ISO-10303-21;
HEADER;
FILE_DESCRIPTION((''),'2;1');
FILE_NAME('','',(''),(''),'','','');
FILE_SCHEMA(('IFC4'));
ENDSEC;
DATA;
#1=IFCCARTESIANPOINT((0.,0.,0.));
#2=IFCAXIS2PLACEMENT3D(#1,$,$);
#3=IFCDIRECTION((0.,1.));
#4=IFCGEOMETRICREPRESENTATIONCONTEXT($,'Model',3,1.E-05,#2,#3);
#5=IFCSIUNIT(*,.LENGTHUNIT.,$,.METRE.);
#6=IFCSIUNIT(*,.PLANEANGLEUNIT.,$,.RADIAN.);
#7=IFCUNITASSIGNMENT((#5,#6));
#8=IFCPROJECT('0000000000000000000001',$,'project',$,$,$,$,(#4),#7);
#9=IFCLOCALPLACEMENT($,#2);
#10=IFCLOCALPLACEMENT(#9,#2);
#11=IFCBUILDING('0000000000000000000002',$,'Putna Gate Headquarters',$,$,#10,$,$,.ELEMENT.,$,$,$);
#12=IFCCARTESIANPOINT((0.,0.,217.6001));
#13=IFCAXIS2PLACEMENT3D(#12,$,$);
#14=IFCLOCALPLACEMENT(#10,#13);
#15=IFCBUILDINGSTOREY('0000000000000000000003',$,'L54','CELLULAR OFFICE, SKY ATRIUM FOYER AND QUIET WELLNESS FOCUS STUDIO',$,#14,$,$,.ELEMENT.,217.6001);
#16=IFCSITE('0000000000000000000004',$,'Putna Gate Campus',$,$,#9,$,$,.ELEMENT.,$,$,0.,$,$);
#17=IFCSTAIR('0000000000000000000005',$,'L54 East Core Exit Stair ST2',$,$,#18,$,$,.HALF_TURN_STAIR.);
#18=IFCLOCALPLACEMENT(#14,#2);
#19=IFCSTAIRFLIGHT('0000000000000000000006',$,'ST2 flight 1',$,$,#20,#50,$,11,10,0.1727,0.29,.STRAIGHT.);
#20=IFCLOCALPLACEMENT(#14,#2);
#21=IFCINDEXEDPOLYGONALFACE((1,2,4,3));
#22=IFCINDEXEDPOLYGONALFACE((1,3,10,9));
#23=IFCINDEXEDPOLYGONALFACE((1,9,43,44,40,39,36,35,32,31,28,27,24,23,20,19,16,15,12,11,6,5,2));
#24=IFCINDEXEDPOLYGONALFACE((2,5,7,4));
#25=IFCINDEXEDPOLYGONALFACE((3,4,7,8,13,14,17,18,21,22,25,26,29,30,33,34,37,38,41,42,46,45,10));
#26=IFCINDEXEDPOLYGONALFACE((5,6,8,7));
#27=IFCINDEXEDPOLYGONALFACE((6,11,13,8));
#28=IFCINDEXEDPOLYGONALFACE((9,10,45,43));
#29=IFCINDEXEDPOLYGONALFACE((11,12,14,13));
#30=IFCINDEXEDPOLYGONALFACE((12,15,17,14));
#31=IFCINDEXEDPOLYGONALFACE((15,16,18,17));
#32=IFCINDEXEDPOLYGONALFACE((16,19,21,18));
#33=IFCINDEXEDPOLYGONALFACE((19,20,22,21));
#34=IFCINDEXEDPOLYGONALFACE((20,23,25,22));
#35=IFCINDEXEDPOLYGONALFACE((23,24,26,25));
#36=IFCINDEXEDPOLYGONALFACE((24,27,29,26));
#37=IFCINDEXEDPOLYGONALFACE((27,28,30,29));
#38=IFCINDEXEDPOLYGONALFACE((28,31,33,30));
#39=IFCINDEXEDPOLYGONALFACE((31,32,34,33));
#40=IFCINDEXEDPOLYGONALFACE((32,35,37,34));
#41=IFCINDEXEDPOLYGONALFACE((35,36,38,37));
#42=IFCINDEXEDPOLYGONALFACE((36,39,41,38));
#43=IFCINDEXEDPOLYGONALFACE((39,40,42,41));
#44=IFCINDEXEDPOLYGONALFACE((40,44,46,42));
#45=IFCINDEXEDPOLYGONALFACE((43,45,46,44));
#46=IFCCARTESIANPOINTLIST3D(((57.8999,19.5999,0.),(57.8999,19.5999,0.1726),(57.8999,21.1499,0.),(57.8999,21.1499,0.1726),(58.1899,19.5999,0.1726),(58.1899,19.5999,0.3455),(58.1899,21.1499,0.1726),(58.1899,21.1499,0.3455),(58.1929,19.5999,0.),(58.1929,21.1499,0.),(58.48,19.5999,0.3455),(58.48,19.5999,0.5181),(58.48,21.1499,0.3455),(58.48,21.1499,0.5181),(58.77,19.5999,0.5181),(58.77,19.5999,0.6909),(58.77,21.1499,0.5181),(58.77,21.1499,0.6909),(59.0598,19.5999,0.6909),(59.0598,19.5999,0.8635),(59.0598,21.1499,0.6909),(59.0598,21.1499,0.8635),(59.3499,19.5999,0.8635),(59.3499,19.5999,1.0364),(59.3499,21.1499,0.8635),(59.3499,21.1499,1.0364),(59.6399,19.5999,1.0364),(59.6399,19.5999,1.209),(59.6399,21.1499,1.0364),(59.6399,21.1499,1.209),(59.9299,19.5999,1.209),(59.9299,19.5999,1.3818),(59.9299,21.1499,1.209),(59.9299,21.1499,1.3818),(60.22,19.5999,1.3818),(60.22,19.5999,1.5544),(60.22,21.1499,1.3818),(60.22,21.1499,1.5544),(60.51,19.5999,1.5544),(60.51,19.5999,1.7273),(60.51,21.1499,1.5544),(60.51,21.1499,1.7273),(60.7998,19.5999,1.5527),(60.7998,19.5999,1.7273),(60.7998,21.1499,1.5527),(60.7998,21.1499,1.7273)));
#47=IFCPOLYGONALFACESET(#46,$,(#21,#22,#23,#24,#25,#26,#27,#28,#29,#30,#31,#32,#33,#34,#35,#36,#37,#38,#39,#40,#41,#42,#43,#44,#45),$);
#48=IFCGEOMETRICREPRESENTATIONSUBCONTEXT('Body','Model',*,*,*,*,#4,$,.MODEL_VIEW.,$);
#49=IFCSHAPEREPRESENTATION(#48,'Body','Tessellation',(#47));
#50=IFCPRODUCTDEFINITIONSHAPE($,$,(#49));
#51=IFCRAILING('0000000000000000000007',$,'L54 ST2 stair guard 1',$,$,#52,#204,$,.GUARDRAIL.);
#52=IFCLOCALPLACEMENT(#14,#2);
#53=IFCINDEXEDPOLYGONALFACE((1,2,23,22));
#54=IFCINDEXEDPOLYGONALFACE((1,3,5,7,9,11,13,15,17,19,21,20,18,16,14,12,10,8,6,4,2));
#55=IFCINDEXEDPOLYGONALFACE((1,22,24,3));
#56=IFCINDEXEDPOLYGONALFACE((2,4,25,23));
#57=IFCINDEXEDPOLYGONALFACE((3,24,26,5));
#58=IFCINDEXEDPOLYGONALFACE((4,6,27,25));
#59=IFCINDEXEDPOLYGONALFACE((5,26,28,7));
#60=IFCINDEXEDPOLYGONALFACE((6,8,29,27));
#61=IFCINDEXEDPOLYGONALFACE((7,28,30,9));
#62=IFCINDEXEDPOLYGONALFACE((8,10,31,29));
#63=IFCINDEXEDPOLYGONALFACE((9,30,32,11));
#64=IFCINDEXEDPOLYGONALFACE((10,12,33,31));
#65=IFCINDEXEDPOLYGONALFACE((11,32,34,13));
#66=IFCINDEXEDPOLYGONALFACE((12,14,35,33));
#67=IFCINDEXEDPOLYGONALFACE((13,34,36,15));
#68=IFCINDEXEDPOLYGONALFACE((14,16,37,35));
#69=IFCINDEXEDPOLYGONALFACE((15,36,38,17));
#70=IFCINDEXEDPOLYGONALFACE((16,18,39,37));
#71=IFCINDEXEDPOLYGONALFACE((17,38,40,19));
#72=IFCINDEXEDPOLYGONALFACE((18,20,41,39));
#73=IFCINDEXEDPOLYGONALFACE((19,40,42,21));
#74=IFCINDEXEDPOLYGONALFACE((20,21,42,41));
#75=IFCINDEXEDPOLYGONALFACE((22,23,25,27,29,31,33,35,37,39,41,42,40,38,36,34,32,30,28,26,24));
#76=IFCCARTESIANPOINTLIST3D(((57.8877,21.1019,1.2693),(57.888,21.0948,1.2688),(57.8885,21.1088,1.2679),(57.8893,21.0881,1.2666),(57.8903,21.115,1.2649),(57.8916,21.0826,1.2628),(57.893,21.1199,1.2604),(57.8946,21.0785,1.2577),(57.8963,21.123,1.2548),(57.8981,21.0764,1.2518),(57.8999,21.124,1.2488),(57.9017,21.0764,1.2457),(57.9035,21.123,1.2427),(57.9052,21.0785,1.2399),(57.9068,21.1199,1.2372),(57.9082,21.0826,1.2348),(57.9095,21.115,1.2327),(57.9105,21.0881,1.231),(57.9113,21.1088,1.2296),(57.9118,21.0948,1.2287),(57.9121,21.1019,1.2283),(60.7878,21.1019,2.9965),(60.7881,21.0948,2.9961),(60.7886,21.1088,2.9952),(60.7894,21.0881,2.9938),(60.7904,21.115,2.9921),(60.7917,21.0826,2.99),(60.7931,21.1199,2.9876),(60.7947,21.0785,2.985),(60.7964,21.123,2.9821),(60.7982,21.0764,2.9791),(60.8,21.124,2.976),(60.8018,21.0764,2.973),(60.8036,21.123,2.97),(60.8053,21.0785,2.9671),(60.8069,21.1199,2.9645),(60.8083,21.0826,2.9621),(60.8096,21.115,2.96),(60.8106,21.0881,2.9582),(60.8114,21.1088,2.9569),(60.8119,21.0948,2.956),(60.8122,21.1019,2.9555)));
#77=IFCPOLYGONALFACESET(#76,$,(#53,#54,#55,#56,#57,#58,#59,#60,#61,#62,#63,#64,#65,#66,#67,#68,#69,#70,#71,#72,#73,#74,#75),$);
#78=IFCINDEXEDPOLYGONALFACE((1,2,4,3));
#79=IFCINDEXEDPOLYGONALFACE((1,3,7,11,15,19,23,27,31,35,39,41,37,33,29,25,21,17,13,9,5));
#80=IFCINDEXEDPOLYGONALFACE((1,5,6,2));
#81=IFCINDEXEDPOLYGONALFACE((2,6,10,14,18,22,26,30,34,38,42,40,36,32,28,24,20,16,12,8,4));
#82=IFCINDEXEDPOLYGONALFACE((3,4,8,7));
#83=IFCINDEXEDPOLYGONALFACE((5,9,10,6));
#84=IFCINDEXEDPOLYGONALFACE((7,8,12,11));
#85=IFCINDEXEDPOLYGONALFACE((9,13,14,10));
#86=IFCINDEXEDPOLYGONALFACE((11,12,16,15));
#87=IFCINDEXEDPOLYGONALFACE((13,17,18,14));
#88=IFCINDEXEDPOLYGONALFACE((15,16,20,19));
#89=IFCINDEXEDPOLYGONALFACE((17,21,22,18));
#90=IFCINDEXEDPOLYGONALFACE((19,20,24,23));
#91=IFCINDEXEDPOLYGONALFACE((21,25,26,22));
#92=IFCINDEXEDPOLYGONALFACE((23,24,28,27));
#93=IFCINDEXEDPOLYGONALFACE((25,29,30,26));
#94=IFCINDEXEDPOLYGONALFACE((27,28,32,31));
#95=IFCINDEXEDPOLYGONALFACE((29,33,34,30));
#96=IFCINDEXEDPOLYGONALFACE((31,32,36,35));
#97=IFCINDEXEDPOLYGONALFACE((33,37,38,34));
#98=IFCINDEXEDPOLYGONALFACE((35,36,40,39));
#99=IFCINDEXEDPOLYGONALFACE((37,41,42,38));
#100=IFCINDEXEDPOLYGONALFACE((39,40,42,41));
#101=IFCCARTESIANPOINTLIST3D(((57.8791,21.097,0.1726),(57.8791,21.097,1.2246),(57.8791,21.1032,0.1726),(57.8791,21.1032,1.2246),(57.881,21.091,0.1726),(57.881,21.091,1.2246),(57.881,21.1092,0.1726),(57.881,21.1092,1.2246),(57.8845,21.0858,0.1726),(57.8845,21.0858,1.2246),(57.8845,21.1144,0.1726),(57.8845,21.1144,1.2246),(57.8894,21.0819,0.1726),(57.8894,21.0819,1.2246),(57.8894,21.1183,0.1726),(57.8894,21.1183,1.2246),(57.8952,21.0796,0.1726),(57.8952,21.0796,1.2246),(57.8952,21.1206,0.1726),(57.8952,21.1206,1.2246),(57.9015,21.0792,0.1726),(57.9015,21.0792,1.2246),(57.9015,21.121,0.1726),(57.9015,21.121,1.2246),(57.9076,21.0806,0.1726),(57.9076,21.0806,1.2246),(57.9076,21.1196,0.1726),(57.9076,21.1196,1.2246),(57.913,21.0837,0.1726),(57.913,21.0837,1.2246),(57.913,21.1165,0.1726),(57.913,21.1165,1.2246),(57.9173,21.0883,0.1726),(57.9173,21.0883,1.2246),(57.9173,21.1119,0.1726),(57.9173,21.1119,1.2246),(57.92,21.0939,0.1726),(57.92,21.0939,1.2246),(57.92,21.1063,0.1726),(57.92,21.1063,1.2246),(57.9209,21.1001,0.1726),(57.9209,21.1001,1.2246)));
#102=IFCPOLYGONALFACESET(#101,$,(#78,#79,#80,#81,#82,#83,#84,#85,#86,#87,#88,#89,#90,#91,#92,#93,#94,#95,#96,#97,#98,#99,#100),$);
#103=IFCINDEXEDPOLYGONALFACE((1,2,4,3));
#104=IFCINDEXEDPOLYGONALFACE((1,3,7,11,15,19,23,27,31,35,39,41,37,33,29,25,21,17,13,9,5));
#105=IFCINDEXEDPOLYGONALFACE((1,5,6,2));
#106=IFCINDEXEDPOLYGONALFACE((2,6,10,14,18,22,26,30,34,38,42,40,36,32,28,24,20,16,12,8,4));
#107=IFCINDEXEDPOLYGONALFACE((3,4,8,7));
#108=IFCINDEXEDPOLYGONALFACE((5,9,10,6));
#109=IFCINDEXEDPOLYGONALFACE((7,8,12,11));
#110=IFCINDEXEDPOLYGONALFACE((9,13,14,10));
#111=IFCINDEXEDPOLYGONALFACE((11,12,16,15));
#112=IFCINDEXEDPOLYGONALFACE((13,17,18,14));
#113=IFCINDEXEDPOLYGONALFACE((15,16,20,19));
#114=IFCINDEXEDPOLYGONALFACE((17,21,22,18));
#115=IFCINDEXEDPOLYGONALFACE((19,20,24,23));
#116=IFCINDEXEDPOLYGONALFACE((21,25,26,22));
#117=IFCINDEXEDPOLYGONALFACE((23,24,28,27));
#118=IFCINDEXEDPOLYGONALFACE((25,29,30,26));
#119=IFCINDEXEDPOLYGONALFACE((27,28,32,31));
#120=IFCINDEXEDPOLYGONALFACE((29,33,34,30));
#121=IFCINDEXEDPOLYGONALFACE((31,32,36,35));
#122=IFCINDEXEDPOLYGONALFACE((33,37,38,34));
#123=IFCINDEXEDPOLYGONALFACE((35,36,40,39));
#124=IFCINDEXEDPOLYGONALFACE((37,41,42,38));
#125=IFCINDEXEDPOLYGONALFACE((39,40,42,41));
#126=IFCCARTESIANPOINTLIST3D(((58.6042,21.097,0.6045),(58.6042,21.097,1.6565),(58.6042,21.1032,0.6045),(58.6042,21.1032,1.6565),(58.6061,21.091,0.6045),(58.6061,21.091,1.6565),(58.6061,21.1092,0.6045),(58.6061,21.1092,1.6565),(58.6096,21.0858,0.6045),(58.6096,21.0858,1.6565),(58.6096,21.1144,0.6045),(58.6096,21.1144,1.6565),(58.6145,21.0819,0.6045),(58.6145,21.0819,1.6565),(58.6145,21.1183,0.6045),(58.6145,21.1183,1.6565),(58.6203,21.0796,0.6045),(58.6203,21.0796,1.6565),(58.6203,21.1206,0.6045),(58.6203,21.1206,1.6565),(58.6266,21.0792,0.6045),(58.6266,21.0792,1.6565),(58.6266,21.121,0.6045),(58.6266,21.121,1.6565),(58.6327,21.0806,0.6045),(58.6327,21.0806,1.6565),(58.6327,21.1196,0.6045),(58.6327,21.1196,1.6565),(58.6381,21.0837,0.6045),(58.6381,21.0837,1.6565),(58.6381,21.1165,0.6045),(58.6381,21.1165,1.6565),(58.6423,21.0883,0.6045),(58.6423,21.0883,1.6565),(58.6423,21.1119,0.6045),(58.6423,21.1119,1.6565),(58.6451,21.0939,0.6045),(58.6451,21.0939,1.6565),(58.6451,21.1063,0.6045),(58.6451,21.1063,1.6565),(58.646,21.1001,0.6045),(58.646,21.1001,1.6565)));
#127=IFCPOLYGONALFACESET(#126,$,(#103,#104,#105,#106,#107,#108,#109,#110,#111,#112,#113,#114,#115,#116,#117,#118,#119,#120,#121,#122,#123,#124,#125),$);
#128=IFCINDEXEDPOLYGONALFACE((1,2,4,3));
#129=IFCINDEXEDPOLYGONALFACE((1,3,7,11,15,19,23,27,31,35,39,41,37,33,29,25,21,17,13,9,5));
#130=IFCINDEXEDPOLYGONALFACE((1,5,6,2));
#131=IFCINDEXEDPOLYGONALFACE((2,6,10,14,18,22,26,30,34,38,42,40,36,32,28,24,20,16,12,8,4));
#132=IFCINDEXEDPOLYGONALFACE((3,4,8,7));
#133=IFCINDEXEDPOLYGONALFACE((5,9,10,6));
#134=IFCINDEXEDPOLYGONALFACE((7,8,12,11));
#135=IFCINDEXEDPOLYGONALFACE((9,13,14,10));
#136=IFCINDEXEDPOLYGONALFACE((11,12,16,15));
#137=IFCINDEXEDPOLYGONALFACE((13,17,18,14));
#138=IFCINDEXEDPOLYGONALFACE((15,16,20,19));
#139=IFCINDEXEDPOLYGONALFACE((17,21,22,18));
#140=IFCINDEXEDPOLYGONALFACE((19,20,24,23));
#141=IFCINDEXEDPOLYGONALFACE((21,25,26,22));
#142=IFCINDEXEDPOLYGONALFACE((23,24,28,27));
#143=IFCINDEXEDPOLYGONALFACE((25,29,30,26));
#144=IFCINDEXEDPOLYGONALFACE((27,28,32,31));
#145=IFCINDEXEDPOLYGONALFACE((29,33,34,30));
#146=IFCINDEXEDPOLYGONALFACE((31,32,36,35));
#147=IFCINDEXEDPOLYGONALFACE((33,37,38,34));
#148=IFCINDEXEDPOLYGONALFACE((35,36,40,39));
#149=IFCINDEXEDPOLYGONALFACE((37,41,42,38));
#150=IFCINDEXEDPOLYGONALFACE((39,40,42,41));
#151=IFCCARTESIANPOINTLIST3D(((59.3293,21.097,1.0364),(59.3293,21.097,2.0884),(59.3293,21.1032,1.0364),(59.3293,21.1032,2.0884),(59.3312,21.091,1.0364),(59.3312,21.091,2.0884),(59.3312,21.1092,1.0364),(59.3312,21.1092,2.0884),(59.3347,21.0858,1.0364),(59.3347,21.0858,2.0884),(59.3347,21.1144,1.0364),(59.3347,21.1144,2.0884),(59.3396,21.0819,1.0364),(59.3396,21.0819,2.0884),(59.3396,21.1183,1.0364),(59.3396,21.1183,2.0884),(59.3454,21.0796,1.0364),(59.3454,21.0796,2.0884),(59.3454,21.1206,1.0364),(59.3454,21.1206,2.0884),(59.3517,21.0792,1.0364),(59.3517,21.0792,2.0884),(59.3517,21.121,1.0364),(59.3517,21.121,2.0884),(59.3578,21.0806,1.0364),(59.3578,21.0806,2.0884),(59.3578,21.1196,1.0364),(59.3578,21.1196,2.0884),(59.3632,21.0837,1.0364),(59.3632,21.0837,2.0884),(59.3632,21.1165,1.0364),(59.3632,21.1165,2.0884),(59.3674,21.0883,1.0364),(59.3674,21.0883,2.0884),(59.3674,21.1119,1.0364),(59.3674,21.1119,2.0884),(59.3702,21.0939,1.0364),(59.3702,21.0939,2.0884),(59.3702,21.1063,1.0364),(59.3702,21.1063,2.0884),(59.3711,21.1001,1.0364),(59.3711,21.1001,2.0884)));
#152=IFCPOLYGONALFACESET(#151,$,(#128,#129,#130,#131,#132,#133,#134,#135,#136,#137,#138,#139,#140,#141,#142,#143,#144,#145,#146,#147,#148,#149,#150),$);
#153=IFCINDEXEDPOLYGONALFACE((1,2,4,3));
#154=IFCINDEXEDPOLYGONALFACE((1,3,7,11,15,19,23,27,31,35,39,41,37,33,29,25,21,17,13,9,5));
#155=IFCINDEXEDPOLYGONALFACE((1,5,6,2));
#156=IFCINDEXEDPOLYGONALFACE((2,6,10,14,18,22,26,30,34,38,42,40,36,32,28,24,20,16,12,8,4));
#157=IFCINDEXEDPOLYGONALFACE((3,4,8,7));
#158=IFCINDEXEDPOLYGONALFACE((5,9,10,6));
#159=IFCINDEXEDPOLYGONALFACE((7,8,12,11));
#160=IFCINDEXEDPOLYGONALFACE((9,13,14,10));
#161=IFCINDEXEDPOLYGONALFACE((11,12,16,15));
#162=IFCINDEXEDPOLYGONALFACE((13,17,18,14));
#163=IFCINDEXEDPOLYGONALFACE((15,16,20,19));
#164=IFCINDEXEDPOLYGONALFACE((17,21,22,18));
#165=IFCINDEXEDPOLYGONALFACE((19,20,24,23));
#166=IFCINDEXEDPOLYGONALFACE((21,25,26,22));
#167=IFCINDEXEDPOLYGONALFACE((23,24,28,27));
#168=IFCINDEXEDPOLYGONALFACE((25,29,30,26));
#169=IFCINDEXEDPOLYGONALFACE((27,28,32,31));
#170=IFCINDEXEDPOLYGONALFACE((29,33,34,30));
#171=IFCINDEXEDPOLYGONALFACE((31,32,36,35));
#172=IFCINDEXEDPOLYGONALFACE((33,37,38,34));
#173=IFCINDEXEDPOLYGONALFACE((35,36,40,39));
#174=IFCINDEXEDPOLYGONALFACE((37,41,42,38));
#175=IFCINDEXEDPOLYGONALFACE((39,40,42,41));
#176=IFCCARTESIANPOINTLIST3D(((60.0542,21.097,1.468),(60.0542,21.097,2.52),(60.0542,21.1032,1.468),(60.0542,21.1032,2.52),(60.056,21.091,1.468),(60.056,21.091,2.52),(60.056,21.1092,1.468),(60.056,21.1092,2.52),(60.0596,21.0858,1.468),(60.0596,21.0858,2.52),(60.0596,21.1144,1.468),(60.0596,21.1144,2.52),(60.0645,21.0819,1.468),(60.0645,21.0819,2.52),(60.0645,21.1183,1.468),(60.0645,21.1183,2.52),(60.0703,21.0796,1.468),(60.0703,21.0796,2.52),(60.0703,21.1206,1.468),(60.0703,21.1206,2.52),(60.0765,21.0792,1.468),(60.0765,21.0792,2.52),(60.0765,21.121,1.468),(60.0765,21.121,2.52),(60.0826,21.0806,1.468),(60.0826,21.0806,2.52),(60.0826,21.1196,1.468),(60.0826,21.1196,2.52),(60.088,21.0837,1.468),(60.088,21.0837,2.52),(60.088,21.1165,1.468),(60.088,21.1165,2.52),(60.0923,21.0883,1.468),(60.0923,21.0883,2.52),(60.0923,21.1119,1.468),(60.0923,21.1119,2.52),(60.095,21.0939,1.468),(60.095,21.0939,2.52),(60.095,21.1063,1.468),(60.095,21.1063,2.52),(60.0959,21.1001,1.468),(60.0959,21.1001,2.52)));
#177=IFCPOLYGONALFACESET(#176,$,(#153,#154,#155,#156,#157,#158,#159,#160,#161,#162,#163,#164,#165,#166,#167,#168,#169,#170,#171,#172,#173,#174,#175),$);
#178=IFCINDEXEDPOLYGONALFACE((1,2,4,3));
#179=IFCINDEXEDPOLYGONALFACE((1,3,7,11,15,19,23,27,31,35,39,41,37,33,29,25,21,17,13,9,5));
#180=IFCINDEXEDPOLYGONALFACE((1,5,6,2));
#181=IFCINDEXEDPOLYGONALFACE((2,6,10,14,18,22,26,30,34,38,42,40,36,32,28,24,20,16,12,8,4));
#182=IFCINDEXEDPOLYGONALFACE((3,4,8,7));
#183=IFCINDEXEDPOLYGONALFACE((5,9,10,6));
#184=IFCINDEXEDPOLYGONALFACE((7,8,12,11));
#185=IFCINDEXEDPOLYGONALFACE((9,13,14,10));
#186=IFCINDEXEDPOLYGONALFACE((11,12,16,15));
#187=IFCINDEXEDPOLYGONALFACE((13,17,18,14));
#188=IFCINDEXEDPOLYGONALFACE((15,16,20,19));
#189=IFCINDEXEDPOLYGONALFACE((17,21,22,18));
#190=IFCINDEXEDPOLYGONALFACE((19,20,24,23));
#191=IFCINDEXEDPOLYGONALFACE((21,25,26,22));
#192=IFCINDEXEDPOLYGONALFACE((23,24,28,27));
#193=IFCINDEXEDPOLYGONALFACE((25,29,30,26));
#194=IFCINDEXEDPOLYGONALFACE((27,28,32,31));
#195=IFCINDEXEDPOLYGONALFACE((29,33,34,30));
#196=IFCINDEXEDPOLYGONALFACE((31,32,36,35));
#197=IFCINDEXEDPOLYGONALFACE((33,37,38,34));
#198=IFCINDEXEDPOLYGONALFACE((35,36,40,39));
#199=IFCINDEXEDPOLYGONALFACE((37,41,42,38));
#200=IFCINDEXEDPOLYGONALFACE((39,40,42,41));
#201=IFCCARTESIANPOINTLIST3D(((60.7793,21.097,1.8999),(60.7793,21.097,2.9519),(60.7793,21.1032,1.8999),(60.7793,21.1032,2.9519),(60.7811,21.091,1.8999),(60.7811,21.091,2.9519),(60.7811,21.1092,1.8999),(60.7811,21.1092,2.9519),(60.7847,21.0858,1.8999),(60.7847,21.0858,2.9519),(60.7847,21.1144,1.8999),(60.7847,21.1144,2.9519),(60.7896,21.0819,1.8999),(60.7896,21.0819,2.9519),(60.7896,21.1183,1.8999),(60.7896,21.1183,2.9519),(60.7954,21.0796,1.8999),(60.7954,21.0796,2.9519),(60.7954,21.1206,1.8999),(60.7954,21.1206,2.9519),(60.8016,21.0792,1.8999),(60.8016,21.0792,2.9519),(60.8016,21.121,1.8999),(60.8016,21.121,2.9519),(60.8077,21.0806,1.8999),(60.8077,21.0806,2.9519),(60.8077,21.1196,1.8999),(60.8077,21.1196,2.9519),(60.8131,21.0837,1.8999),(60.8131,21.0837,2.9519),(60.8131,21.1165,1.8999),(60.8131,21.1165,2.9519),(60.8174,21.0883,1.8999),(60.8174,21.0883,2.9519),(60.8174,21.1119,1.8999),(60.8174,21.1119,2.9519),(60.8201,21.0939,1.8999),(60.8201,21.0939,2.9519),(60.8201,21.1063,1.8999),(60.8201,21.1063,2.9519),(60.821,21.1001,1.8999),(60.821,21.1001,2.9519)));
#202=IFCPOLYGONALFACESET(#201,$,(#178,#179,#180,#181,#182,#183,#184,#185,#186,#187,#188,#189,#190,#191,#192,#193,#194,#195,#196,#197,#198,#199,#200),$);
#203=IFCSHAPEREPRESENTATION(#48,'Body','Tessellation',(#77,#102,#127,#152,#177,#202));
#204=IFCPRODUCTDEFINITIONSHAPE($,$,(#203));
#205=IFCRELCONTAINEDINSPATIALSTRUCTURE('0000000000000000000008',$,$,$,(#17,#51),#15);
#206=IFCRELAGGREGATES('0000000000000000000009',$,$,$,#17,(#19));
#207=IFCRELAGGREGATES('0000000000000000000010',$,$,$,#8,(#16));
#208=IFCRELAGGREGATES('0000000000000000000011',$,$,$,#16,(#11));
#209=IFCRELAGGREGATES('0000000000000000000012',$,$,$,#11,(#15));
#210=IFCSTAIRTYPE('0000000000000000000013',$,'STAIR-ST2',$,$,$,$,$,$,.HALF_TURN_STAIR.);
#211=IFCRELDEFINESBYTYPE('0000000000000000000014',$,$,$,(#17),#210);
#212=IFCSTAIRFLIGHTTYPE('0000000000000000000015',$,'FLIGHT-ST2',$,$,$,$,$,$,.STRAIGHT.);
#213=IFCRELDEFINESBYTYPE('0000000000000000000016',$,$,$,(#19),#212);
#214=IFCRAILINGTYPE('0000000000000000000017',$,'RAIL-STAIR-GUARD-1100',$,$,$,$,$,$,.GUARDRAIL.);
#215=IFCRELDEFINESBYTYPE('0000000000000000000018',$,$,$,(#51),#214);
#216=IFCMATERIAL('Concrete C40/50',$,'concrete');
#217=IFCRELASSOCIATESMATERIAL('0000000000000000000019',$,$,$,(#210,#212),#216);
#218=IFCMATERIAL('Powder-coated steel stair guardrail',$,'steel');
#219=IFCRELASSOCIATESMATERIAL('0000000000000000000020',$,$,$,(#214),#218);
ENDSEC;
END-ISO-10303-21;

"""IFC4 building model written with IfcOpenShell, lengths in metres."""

from ifc_helpers import new_model, si_unit, direction, frame, origin, origin_2d, place, context, subcontext, project, spatial, polyline, circle, outline, extrude, material, type_object, element, aggregate, save


model = new_model("IFC4")

# Units and contexts
model_context = context("Model", 3, precision=1e-05, world=origin(), true_north=direction((0.0, 1.0)))
body_context = subcontext(model_context, "Body", "Model", "MODEL_VIEW")
ifc_project = project(units=[si_unit("LENGTHUNIT", "METRE"), si_unit("PLANEANGLEUNIT", "RADIAN")], contexts=[model_context])

# Site, building, storey
site_placement = place(None, origin())
site = spatial("IfcSite", under=ifc_project, at=site_placement, Name="Putna Gate Campus", CompositionType="ELEMENT", RefElevation=0.0)
building_placement = place(site_placement, origin())
building = spatial("IfcBuilding", under=site, at=building_placement, Name="Putna Gate Headquarters", CompositionType="ELEMENT")
storey_placement = place(building_placement, frame((0.0, 0.0, 217.6001)))
storey = spatial("IfcBuildingStorey", under=building, at=storey_placement, Name="L54", Description="CELLULAR OFFICE, SKY ATRIUM FOYER AND QUIET WELLNESS FOCUS STUDIO", CompositionType="ELEMENT", Elevation=217.6001)

# Shared definitions
ifc_material_1 = material(Name="Concrete C40/50", Category="concrete")

# Stair, stair flight
stair_type = type_object("IfcStairType", Name="STAIR-ST2", PredefinedType="HALF_TURN_STAIR", material=ifc_material_1)
stair_placement = place(storey_placement, origin())
stair = element("IfcStair", 1, at=stair_placement, inside=storey, type_object=stair_type, Name="L54 East Core Exit Stair ST2", PredefinedType="HALF_TURN_STAIR")
stair_flight_type = type_object("IfcStairFlightType", Name="FLIGHT-ST2", PredefinedType="STRAIGHT", material=ifc_material_1)
stair_flight_placement = place(storey_placement, frame((57.8999, 20.375, 0.0), z_axis=(0.0, 0.0, 1.0), x_axis=(1.0, 0.0, 0.0)))
stair_flight = element("IfcStairFlight", 2, at=stair_flight_placement, type_object=stair_flight_type, Name="ST2 flight 1", NumberOfRisers=11, NumberOfTreads=10, PredefinedType="STRAIGHT", RiserHeight=0.1727, TreadLength=0.29, context=body_context, shape_type="SweptSolid", body=[
    extrude(outline(polyline([(0.0, 0.0), (0.0, 0.1726), (0.29, 0.1726), (0.29, 0.3455), (0.5801, 0.3455), (0.5801, 0.5181), (0.8701, 0.5181), (0.8701, 0.6909), (1.1599, 0.6909), (1.1599, 0.8635), (1.45, 0.8635), (1.45, 1.0364), (1.74, 1.0364), (1.74, 1.209), (2.03, 1.209), (2.03, 1.3818), (2.3201, 1.3818), (2.3201, 1.5544), (2.6101, 1.5544), (2.6101, 1.7273), (2.8999, 1.7273), (2.8999, 1.8999), (2.8999, 1.5527), (0.293, 0.0), (0.0, 0.0)])), frame((0.0, 0.7749, 0.0), z_axis=(0.0, -1.0, 0.0), x_axis=(1.0, 0.0, 0.0)), (0.0, 0.0, 1.0), 1.55),
])
aggregate(stair, [stair_flight])

# Railing
ifc_material_2 = material(Name="Powder-coated steel stair guardrail", Category="steel")
railing_type_1 = type_object("IfcRailingType", Name="RAIL-STAIR-GUARD-1100", PredefinedType="GUARDRAIL", material=ifc_material_2)
railing_1_placement = place(storey_placement, frame((57.8999, 21.1001, 0.1726)))
element("IfcRailing", 3, at=railing_1_placement, inside=storey, type_object=railing_type_1, Name="L54 ST2 stair guard 1", PredefinedType="GUARDRAIL", context=body_context, shape_type="SweptSolid", body=[
    extrude(circle(Radius=0.0239, at=origin_2d()), frame((0.0, 0.0, 1.0762), z_axis=(0.85916, 0.0, 0.511706), x_axis=(0.0, 1.0, 0.0)), (0.0, 0.0, 1.0), 3.3755),
    extrude(circle(Radius=0.021, at=origin_2d()), origin(), (0.0, 0.0, 1.0), 1.052),
    extrude(circle(Radius=0.021, at=origin_2d()), frame((0.7251, 0.0, 0.4319)), (0.0, 0.0, 1.0), 1.052),
    extrude(circle(Radius=0.021, at=origin_2d()), frame((1.4502, 0.0, 0.8638)), (0.0, 0.0, 1.0), 1.052),
    extrude(circle(Radius=0.021, at=origin_2d()), frame((2.175, 0.0, 1.2954)), (0.0, 0.0, 1.0), 1.052),
    extrude(circle(Radius=0.021, at=origin_2d()), frame((2.9001, 0.0, 1.7273)), (0.0, 0.0, 1.0), 1.052),
])

save(model, "model.ifc")
